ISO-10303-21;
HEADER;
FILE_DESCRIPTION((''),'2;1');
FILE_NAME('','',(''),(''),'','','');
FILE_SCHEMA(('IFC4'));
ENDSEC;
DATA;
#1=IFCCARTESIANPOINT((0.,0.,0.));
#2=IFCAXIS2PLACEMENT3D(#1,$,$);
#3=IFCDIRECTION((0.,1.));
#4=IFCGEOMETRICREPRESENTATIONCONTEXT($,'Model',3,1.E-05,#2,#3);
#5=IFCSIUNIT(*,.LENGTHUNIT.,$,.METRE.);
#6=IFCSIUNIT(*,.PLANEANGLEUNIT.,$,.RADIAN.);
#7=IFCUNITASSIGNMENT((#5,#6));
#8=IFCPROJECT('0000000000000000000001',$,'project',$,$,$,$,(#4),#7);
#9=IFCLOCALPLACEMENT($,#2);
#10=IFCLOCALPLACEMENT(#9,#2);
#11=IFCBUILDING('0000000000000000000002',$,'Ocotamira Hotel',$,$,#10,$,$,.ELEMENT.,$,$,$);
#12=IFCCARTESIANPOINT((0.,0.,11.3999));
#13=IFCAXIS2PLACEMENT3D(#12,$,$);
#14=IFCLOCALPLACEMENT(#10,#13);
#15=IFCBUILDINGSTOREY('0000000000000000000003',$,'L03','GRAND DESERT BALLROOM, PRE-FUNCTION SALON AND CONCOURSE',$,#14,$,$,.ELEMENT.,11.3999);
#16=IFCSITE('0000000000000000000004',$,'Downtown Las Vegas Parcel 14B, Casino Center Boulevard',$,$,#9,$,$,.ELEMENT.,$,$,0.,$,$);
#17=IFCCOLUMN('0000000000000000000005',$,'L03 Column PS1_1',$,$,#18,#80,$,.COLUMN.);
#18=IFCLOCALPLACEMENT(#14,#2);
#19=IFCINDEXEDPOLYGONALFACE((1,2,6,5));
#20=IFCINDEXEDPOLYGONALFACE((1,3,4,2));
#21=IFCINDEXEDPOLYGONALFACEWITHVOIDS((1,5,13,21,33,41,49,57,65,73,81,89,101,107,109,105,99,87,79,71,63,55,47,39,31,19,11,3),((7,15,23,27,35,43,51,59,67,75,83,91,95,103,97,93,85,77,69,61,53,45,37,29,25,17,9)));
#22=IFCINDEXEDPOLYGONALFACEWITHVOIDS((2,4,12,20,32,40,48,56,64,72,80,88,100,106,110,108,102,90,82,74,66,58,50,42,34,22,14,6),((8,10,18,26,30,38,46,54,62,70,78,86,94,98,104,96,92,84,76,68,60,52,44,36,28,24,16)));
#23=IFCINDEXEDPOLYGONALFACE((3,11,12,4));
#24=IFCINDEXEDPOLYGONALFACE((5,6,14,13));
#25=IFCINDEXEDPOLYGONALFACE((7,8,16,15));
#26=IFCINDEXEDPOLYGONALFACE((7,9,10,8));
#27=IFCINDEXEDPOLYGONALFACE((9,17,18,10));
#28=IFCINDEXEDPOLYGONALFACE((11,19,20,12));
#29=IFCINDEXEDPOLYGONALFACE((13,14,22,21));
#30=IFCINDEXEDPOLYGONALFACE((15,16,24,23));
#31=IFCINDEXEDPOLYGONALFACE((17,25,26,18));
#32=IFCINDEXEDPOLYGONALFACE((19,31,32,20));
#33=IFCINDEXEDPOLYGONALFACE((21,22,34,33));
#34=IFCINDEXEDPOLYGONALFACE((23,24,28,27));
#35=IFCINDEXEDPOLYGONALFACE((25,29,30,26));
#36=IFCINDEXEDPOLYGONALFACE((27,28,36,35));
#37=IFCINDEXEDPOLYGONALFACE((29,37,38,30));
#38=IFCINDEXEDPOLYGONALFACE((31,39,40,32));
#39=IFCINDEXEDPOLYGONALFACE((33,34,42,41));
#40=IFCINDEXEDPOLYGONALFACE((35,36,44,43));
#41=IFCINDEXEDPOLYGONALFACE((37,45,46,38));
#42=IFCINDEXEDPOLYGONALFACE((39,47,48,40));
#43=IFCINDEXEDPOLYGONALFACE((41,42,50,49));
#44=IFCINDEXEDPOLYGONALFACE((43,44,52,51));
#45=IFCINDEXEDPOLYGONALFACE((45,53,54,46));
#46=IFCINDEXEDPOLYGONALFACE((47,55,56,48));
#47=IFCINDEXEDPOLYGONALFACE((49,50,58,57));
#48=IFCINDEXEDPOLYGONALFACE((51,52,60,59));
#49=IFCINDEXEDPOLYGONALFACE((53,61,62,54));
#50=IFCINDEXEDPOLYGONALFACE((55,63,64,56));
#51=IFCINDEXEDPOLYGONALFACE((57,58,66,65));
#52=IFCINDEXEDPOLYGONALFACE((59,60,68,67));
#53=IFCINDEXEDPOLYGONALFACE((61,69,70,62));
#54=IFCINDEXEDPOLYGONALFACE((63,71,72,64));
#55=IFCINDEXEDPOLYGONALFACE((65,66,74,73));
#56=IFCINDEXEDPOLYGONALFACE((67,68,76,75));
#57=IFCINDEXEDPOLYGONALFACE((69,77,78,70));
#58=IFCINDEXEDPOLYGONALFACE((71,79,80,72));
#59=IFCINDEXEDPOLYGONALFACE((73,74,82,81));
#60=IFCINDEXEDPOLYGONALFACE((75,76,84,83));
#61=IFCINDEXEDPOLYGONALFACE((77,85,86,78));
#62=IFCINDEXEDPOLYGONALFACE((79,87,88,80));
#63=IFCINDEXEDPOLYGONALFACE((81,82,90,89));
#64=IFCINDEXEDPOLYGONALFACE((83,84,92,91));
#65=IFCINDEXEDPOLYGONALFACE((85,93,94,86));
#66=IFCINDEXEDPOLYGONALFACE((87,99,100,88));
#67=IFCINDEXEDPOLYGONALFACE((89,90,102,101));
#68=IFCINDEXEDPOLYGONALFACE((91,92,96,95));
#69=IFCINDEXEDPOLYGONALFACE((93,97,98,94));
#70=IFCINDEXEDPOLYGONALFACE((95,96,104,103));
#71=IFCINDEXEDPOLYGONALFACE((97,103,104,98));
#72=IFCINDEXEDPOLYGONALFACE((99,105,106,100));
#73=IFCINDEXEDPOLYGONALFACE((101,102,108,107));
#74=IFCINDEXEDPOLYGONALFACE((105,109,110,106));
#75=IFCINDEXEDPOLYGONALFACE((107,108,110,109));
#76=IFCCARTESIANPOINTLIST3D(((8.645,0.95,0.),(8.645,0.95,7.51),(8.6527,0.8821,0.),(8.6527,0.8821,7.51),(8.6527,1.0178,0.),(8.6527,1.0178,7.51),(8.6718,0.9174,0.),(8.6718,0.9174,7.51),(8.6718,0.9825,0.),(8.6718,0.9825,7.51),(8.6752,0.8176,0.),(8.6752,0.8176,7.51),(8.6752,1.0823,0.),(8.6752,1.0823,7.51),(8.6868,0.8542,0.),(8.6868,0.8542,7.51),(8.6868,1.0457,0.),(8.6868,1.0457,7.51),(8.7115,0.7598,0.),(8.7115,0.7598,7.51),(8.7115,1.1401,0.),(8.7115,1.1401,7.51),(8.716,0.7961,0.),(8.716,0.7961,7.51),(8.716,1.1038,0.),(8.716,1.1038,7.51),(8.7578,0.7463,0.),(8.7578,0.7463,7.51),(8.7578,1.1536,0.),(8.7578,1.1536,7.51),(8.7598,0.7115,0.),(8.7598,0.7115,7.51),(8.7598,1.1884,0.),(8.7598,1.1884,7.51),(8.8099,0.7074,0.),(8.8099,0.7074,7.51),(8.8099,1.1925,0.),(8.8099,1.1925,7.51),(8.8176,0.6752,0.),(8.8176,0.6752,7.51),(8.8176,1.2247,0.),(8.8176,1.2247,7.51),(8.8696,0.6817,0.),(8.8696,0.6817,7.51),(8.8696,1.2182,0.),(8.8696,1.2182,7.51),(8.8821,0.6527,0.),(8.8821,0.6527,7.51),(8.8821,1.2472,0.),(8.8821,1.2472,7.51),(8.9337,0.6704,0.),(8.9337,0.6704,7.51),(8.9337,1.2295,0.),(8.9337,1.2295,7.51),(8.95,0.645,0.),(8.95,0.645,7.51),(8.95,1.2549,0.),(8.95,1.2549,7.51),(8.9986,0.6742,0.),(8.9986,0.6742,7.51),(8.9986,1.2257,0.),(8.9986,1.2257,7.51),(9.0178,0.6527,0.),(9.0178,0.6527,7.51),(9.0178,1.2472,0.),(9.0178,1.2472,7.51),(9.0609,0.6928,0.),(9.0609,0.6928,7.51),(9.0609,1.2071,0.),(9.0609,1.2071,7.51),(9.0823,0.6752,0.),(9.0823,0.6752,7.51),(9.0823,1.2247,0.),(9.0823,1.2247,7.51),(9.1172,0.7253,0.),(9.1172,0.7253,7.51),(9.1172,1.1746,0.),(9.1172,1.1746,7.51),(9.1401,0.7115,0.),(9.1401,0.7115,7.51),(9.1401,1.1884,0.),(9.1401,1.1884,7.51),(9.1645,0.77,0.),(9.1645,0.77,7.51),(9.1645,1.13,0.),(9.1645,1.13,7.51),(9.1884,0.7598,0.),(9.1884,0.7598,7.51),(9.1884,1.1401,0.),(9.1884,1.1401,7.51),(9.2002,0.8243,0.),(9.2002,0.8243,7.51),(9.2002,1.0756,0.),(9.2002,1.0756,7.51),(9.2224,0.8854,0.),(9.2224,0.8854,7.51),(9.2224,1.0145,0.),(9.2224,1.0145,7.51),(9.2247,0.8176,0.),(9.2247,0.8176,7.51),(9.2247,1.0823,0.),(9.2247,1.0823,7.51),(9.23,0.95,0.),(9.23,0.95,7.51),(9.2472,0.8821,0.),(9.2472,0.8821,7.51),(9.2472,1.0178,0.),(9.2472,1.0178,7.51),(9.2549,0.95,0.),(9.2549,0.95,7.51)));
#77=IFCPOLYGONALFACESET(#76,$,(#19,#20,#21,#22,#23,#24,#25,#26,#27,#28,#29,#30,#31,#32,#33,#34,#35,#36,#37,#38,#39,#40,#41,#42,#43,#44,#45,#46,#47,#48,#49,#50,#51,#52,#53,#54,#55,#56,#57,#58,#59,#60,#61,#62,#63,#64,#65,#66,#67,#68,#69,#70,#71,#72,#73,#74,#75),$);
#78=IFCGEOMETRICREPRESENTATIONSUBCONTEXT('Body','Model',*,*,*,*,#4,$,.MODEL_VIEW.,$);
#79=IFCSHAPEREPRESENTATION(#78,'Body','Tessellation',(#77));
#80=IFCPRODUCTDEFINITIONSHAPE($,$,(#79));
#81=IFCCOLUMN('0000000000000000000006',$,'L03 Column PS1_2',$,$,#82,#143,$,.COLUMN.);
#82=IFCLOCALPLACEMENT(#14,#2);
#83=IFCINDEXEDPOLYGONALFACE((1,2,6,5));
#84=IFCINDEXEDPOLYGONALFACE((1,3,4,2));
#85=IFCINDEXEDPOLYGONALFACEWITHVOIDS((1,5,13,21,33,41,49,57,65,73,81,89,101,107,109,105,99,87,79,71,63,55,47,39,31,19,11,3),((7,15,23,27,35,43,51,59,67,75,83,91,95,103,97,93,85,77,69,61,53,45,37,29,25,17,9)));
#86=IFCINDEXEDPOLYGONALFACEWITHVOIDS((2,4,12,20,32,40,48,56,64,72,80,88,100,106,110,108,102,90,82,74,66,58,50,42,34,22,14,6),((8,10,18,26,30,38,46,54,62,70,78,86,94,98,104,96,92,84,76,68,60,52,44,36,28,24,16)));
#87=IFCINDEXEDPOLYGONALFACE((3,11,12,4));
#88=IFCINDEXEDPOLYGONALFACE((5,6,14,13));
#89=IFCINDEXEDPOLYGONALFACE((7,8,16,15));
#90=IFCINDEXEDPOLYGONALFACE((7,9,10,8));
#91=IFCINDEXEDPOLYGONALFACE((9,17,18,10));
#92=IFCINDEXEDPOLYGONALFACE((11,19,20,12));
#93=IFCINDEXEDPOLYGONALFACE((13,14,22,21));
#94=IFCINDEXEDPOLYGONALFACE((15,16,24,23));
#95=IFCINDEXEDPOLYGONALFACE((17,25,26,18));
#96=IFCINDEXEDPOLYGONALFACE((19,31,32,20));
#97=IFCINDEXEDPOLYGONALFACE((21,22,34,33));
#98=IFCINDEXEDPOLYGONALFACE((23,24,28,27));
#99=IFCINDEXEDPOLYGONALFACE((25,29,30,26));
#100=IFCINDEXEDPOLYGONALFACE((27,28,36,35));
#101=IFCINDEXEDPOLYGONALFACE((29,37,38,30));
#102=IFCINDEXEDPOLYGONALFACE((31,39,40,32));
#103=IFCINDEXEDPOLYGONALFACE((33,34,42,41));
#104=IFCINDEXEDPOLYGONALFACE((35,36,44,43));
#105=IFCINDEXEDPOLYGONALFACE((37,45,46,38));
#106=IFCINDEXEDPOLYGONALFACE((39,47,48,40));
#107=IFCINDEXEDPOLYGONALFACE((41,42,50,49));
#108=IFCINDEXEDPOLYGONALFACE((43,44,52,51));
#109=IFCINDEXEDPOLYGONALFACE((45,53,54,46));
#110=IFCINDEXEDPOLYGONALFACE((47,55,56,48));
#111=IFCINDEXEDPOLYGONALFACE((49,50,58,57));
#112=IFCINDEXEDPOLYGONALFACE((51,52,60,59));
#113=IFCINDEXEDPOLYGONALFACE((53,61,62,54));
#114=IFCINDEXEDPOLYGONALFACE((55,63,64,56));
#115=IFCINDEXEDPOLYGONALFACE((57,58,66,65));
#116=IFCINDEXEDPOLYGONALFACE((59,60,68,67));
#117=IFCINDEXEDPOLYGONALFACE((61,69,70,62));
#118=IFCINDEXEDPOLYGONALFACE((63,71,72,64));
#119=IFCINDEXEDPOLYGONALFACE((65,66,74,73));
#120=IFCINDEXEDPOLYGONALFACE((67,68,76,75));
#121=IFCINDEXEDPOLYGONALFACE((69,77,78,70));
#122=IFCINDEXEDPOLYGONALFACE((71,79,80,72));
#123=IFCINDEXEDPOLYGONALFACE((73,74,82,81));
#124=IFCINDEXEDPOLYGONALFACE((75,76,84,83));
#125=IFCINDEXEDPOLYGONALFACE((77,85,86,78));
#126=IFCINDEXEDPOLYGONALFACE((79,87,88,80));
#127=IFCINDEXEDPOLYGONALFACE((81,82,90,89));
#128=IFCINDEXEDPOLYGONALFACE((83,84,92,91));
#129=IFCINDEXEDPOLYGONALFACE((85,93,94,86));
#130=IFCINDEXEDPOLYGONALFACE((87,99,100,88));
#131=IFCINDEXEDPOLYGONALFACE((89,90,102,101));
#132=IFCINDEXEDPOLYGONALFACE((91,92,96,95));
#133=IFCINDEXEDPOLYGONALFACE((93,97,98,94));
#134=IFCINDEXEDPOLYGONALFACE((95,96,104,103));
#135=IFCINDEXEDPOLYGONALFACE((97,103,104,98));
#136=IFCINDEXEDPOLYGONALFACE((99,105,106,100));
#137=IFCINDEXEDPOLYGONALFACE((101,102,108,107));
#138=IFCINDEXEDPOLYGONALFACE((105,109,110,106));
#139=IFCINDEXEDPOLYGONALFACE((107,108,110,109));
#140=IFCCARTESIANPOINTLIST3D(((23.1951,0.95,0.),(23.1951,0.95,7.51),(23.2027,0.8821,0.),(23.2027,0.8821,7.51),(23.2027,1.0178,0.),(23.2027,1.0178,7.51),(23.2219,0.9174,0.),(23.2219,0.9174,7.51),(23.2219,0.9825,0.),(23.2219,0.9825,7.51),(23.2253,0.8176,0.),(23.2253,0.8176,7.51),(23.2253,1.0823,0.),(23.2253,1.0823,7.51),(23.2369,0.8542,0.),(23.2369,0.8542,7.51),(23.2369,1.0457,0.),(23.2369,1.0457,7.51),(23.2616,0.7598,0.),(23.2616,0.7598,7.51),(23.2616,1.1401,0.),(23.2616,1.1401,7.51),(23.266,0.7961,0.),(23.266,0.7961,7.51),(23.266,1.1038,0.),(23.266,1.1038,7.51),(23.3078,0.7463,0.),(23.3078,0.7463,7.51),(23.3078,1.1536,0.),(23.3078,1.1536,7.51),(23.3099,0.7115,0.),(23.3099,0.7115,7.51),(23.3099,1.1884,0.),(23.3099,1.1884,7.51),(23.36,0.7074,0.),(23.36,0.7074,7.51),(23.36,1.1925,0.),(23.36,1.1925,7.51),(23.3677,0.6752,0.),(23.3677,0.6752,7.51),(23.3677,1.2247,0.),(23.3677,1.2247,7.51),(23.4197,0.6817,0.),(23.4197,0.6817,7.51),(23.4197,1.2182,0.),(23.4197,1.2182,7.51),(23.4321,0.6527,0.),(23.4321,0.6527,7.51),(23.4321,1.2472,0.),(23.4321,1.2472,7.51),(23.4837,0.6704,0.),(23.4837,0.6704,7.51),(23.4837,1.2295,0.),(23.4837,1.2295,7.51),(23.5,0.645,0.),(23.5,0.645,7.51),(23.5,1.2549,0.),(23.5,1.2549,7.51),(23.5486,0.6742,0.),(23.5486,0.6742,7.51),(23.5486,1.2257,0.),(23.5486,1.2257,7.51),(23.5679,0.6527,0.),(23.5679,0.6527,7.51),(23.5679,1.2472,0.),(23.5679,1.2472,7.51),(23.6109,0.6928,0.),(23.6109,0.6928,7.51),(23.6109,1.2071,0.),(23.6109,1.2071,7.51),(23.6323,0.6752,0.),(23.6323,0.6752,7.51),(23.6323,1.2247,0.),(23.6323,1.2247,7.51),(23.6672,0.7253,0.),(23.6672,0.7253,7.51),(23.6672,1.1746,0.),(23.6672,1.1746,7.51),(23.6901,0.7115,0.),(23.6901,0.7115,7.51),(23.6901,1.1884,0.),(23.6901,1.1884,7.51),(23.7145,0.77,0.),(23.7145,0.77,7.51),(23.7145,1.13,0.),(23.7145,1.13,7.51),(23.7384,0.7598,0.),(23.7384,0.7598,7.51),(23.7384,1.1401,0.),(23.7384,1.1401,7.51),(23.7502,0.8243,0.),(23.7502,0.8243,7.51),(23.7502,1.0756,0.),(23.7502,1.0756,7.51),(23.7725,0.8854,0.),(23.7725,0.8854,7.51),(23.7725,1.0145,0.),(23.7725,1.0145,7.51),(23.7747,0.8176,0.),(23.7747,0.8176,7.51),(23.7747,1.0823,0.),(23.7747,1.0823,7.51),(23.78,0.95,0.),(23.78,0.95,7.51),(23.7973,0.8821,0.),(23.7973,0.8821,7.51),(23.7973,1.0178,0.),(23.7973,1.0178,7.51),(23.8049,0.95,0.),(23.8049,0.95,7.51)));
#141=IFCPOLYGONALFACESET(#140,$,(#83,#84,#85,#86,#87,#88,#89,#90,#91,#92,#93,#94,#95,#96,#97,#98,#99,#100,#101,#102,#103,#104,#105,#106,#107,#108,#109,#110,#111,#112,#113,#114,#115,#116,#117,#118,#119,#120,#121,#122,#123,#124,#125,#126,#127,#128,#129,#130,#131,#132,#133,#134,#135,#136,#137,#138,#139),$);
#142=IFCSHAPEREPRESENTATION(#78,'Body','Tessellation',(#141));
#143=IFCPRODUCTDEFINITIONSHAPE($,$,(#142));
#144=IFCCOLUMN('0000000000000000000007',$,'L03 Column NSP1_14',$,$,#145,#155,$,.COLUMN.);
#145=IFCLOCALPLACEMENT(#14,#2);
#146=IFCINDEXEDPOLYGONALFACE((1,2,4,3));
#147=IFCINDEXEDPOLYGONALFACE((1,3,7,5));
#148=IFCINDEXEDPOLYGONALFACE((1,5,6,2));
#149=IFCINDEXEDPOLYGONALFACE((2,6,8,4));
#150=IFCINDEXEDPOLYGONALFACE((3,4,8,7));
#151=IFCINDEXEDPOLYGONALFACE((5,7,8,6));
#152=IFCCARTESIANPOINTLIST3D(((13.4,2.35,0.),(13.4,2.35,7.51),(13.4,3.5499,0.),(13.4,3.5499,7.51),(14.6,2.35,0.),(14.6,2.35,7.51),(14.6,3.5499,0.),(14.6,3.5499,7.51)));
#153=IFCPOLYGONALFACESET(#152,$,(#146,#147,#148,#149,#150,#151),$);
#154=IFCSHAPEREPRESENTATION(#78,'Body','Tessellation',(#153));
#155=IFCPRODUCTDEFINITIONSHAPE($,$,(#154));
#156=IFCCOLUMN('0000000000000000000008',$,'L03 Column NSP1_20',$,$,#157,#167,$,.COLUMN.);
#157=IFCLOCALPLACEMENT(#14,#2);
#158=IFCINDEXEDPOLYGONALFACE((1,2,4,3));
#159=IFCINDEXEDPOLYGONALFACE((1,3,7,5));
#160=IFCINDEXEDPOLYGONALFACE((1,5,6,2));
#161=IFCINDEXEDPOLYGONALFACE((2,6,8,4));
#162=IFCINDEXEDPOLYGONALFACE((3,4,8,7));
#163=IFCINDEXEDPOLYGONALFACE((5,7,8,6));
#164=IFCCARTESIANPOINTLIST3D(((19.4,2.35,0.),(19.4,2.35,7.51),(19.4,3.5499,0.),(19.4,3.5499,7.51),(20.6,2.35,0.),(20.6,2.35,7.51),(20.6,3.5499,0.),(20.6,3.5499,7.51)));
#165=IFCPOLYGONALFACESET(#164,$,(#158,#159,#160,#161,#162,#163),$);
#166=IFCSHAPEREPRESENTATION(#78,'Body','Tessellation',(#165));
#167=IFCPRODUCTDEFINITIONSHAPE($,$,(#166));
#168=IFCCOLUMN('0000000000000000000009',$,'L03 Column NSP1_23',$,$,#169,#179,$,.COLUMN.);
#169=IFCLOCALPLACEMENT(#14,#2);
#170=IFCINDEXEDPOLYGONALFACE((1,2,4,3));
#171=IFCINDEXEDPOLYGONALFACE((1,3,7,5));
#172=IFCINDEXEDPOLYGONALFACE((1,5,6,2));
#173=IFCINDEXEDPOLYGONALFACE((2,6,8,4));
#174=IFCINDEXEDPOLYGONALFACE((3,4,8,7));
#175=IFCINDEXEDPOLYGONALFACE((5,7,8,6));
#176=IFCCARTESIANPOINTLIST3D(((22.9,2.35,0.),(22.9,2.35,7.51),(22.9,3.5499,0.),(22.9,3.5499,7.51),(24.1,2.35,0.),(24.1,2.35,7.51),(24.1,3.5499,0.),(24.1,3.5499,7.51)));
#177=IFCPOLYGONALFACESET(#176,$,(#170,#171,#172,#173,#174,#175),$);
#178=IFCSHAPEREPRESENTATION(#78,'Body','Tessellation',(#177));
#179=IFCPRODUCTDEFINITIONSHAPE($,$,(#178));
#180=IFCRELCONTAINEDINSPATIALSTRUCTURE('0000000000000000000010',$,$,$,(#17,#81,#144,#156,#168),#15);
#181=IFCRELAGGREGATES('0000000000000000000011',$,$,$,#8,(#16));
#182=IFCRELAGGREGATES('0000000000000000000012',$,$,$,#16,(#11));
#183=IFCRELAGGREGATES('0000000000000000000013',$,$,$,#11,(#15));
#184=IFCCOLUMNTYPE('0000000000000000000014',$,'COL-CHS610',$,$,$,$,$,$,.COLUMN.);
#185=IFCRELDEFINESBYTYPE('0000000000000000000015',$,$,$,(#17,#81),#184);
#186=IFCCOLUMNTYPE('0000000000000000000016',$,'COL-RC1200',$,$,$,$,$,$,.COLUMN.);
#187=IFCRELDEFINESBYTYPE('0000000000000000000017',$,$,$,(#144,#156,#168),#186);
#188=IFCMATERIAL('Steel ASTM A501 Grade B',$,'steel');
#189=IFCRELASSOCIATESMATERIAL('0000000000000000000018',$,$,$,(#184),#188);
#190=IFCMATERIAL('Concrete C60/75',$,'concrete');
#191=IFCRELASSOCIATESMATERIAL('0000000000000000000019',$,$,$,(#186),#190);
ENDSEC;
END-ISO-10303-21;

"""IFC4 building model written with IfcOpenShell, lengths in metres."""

from ifc_helpers import new_model, si_unit, direction, frame, origin, origin_2d, place, context, subcontext, project, spatial, rectangle, hollow_circle, extrude, source, transform, mapped, material, material_profile, profile_set, type_object, element, save


model = new_model("IFC4")

# Units and contexts
model_context = context("Model", 3, precision=1e-05, world=origin(), true_north=direction((0.0, 1.0)))
body_context = subcontext(model_context, "Body", "Model", "MODEL_VIEW")
ifc_project = project(units=[si_unit("LENGTHUNIT", "METRE"), si_unit("PLANEANGLEUNIT", "RADIAN")], contexts=[model_context])

# Site, building, storey
site_placement = place(None, origin())
site = spatial("IfcSite", under=ifc_project, at=site_placement, Name="Downtown Las Vegas Parcel 14B, Casino Center Boulevard", CompositionType="ELEMENT", RefElevation=0.0)
building_placement = place(site_placement, origin())
building = spatial("IfcBuilding", under=site, at=building_placement, Name="Ocotamira Hotel", CompositionType="ELEMENT")
storey_placement = place(building_placement, frame((0.0, 0.0, 11.3999)))
storey = spatial("IfcBuildingStorey", under=building, at=storey_placement, Name="L03", Description="GRAND DESERT BALLROOM, PRE-FUNCTION SALON AND CONCOURSE", CompositionType="ELEMENT", Elevation=11.3999)

# Columns
ifc_material_1 = material(Name="Steel ASTM A501 Grade B", Category="steel")
ifc_material_profile_1 = material_profile(ifc_material_1, hollow_circle(Radius=0.3049, WallThickness=0.0249, at=origin_2d()), Name="CHS610X25")
ifc_profile_set_1 = profile_set([ifc_material_profile_1], Name="Steel ASTM A501 Grade B")
column_type_1 = type_object("IfcColumnType", Name="COL-CHS610", PredefinedType="COLUMN", material=ifc_profile_set_1)
shared_shape_1 = source(origin(), body_context, "Body", "SweptSolid", [
    extrude(hollow_circle(Radius=0.3049, WallThickness=0.0249, at=origin_2d()), origin(), (0.0, 0.0, 1.0), 7.51),
])
for number, where, z_axis, x_axis, name in (
    (1, (8.95, 0.95, 0.0), (0.0, 0.0, 1.0), (1.0, 0.0, 0.0), "L03 Column PS1_1"),
    (2, (23.5, 0.95, 0.0), (0.0, 0.0, 1.0), (1.0, 0.0, 0.0), "L03 Column PS1_2"),
):
    element("IfcColumn", number, at=place(storey_placement, frame(where, z_axis=z_axis, x_axis=x_axis)), inside=storey, type_object=column_type_1, Name=name, PredefinedType="COLUMN", context=body_context, shape_type="MappedRepresentation", body=[
        mapped(shared_shape_1, transform((0.0, 0.0, 0.0), scale=1.0)),
    ])
ifc_material_2 = material(Name="Concrete C60/75", Category="concrete")
ifc_material_profile_2 = material_profile(ifc_material_2, rectangle(XDim=1.2, YDim=1.2, at=origin_2d()), Name="RC1200X1200")
ifc_profile_set_2 = profile_set([ifc_material_profile_2], Name="Concrete C60/75")
column_type_2 = type_object("IfcColumnType", Name="COL-RC1200", PredefinedType="COLUMN", material=ifc_profile_set_2)
shared_shape_2 = source(origin(), body_context, "Body", "SweptSolid", [
    extrude(rectangle(XDim=1.2, YDim=1.2, at=origin_2d()), origin(), (0.0, 0.0, 1.0), 7.51),
])
for number, where, z_axis, x_axis, name in (
    (3, (14.0, 2.95, 0.0), (0.0, 0.0, 1.0), (1.0, 0.0, 0.0), "L03 Column NSP1_14"),
    (4, (20.0, 2.95, 0.0), (0.0, 0.0, 1.0), (1.0, 0.0, 0.0), "L03 Column NSP1_20"),
    (5, (23.5, 2.95, 0.0), (0.0, 0.0, 1.0), (1.0, 0.0, 0.0), "L03 Column NSP1_23"),
):
    element("IfcColumn", number, at=place(storey_placement, frame(where, z_axis=z_axis, x_axis=x_axis)), inside=storey, type_object=column_type_2, Name=name, PredefinedType="COLUMN", context=body_context, shape_type="MappedRepresentation", body=[
        mapped(shared_shape_2, transform((0.0, 0.0, 0.0), scale=1.0)),
    ])

save(model, "model.ifc")
